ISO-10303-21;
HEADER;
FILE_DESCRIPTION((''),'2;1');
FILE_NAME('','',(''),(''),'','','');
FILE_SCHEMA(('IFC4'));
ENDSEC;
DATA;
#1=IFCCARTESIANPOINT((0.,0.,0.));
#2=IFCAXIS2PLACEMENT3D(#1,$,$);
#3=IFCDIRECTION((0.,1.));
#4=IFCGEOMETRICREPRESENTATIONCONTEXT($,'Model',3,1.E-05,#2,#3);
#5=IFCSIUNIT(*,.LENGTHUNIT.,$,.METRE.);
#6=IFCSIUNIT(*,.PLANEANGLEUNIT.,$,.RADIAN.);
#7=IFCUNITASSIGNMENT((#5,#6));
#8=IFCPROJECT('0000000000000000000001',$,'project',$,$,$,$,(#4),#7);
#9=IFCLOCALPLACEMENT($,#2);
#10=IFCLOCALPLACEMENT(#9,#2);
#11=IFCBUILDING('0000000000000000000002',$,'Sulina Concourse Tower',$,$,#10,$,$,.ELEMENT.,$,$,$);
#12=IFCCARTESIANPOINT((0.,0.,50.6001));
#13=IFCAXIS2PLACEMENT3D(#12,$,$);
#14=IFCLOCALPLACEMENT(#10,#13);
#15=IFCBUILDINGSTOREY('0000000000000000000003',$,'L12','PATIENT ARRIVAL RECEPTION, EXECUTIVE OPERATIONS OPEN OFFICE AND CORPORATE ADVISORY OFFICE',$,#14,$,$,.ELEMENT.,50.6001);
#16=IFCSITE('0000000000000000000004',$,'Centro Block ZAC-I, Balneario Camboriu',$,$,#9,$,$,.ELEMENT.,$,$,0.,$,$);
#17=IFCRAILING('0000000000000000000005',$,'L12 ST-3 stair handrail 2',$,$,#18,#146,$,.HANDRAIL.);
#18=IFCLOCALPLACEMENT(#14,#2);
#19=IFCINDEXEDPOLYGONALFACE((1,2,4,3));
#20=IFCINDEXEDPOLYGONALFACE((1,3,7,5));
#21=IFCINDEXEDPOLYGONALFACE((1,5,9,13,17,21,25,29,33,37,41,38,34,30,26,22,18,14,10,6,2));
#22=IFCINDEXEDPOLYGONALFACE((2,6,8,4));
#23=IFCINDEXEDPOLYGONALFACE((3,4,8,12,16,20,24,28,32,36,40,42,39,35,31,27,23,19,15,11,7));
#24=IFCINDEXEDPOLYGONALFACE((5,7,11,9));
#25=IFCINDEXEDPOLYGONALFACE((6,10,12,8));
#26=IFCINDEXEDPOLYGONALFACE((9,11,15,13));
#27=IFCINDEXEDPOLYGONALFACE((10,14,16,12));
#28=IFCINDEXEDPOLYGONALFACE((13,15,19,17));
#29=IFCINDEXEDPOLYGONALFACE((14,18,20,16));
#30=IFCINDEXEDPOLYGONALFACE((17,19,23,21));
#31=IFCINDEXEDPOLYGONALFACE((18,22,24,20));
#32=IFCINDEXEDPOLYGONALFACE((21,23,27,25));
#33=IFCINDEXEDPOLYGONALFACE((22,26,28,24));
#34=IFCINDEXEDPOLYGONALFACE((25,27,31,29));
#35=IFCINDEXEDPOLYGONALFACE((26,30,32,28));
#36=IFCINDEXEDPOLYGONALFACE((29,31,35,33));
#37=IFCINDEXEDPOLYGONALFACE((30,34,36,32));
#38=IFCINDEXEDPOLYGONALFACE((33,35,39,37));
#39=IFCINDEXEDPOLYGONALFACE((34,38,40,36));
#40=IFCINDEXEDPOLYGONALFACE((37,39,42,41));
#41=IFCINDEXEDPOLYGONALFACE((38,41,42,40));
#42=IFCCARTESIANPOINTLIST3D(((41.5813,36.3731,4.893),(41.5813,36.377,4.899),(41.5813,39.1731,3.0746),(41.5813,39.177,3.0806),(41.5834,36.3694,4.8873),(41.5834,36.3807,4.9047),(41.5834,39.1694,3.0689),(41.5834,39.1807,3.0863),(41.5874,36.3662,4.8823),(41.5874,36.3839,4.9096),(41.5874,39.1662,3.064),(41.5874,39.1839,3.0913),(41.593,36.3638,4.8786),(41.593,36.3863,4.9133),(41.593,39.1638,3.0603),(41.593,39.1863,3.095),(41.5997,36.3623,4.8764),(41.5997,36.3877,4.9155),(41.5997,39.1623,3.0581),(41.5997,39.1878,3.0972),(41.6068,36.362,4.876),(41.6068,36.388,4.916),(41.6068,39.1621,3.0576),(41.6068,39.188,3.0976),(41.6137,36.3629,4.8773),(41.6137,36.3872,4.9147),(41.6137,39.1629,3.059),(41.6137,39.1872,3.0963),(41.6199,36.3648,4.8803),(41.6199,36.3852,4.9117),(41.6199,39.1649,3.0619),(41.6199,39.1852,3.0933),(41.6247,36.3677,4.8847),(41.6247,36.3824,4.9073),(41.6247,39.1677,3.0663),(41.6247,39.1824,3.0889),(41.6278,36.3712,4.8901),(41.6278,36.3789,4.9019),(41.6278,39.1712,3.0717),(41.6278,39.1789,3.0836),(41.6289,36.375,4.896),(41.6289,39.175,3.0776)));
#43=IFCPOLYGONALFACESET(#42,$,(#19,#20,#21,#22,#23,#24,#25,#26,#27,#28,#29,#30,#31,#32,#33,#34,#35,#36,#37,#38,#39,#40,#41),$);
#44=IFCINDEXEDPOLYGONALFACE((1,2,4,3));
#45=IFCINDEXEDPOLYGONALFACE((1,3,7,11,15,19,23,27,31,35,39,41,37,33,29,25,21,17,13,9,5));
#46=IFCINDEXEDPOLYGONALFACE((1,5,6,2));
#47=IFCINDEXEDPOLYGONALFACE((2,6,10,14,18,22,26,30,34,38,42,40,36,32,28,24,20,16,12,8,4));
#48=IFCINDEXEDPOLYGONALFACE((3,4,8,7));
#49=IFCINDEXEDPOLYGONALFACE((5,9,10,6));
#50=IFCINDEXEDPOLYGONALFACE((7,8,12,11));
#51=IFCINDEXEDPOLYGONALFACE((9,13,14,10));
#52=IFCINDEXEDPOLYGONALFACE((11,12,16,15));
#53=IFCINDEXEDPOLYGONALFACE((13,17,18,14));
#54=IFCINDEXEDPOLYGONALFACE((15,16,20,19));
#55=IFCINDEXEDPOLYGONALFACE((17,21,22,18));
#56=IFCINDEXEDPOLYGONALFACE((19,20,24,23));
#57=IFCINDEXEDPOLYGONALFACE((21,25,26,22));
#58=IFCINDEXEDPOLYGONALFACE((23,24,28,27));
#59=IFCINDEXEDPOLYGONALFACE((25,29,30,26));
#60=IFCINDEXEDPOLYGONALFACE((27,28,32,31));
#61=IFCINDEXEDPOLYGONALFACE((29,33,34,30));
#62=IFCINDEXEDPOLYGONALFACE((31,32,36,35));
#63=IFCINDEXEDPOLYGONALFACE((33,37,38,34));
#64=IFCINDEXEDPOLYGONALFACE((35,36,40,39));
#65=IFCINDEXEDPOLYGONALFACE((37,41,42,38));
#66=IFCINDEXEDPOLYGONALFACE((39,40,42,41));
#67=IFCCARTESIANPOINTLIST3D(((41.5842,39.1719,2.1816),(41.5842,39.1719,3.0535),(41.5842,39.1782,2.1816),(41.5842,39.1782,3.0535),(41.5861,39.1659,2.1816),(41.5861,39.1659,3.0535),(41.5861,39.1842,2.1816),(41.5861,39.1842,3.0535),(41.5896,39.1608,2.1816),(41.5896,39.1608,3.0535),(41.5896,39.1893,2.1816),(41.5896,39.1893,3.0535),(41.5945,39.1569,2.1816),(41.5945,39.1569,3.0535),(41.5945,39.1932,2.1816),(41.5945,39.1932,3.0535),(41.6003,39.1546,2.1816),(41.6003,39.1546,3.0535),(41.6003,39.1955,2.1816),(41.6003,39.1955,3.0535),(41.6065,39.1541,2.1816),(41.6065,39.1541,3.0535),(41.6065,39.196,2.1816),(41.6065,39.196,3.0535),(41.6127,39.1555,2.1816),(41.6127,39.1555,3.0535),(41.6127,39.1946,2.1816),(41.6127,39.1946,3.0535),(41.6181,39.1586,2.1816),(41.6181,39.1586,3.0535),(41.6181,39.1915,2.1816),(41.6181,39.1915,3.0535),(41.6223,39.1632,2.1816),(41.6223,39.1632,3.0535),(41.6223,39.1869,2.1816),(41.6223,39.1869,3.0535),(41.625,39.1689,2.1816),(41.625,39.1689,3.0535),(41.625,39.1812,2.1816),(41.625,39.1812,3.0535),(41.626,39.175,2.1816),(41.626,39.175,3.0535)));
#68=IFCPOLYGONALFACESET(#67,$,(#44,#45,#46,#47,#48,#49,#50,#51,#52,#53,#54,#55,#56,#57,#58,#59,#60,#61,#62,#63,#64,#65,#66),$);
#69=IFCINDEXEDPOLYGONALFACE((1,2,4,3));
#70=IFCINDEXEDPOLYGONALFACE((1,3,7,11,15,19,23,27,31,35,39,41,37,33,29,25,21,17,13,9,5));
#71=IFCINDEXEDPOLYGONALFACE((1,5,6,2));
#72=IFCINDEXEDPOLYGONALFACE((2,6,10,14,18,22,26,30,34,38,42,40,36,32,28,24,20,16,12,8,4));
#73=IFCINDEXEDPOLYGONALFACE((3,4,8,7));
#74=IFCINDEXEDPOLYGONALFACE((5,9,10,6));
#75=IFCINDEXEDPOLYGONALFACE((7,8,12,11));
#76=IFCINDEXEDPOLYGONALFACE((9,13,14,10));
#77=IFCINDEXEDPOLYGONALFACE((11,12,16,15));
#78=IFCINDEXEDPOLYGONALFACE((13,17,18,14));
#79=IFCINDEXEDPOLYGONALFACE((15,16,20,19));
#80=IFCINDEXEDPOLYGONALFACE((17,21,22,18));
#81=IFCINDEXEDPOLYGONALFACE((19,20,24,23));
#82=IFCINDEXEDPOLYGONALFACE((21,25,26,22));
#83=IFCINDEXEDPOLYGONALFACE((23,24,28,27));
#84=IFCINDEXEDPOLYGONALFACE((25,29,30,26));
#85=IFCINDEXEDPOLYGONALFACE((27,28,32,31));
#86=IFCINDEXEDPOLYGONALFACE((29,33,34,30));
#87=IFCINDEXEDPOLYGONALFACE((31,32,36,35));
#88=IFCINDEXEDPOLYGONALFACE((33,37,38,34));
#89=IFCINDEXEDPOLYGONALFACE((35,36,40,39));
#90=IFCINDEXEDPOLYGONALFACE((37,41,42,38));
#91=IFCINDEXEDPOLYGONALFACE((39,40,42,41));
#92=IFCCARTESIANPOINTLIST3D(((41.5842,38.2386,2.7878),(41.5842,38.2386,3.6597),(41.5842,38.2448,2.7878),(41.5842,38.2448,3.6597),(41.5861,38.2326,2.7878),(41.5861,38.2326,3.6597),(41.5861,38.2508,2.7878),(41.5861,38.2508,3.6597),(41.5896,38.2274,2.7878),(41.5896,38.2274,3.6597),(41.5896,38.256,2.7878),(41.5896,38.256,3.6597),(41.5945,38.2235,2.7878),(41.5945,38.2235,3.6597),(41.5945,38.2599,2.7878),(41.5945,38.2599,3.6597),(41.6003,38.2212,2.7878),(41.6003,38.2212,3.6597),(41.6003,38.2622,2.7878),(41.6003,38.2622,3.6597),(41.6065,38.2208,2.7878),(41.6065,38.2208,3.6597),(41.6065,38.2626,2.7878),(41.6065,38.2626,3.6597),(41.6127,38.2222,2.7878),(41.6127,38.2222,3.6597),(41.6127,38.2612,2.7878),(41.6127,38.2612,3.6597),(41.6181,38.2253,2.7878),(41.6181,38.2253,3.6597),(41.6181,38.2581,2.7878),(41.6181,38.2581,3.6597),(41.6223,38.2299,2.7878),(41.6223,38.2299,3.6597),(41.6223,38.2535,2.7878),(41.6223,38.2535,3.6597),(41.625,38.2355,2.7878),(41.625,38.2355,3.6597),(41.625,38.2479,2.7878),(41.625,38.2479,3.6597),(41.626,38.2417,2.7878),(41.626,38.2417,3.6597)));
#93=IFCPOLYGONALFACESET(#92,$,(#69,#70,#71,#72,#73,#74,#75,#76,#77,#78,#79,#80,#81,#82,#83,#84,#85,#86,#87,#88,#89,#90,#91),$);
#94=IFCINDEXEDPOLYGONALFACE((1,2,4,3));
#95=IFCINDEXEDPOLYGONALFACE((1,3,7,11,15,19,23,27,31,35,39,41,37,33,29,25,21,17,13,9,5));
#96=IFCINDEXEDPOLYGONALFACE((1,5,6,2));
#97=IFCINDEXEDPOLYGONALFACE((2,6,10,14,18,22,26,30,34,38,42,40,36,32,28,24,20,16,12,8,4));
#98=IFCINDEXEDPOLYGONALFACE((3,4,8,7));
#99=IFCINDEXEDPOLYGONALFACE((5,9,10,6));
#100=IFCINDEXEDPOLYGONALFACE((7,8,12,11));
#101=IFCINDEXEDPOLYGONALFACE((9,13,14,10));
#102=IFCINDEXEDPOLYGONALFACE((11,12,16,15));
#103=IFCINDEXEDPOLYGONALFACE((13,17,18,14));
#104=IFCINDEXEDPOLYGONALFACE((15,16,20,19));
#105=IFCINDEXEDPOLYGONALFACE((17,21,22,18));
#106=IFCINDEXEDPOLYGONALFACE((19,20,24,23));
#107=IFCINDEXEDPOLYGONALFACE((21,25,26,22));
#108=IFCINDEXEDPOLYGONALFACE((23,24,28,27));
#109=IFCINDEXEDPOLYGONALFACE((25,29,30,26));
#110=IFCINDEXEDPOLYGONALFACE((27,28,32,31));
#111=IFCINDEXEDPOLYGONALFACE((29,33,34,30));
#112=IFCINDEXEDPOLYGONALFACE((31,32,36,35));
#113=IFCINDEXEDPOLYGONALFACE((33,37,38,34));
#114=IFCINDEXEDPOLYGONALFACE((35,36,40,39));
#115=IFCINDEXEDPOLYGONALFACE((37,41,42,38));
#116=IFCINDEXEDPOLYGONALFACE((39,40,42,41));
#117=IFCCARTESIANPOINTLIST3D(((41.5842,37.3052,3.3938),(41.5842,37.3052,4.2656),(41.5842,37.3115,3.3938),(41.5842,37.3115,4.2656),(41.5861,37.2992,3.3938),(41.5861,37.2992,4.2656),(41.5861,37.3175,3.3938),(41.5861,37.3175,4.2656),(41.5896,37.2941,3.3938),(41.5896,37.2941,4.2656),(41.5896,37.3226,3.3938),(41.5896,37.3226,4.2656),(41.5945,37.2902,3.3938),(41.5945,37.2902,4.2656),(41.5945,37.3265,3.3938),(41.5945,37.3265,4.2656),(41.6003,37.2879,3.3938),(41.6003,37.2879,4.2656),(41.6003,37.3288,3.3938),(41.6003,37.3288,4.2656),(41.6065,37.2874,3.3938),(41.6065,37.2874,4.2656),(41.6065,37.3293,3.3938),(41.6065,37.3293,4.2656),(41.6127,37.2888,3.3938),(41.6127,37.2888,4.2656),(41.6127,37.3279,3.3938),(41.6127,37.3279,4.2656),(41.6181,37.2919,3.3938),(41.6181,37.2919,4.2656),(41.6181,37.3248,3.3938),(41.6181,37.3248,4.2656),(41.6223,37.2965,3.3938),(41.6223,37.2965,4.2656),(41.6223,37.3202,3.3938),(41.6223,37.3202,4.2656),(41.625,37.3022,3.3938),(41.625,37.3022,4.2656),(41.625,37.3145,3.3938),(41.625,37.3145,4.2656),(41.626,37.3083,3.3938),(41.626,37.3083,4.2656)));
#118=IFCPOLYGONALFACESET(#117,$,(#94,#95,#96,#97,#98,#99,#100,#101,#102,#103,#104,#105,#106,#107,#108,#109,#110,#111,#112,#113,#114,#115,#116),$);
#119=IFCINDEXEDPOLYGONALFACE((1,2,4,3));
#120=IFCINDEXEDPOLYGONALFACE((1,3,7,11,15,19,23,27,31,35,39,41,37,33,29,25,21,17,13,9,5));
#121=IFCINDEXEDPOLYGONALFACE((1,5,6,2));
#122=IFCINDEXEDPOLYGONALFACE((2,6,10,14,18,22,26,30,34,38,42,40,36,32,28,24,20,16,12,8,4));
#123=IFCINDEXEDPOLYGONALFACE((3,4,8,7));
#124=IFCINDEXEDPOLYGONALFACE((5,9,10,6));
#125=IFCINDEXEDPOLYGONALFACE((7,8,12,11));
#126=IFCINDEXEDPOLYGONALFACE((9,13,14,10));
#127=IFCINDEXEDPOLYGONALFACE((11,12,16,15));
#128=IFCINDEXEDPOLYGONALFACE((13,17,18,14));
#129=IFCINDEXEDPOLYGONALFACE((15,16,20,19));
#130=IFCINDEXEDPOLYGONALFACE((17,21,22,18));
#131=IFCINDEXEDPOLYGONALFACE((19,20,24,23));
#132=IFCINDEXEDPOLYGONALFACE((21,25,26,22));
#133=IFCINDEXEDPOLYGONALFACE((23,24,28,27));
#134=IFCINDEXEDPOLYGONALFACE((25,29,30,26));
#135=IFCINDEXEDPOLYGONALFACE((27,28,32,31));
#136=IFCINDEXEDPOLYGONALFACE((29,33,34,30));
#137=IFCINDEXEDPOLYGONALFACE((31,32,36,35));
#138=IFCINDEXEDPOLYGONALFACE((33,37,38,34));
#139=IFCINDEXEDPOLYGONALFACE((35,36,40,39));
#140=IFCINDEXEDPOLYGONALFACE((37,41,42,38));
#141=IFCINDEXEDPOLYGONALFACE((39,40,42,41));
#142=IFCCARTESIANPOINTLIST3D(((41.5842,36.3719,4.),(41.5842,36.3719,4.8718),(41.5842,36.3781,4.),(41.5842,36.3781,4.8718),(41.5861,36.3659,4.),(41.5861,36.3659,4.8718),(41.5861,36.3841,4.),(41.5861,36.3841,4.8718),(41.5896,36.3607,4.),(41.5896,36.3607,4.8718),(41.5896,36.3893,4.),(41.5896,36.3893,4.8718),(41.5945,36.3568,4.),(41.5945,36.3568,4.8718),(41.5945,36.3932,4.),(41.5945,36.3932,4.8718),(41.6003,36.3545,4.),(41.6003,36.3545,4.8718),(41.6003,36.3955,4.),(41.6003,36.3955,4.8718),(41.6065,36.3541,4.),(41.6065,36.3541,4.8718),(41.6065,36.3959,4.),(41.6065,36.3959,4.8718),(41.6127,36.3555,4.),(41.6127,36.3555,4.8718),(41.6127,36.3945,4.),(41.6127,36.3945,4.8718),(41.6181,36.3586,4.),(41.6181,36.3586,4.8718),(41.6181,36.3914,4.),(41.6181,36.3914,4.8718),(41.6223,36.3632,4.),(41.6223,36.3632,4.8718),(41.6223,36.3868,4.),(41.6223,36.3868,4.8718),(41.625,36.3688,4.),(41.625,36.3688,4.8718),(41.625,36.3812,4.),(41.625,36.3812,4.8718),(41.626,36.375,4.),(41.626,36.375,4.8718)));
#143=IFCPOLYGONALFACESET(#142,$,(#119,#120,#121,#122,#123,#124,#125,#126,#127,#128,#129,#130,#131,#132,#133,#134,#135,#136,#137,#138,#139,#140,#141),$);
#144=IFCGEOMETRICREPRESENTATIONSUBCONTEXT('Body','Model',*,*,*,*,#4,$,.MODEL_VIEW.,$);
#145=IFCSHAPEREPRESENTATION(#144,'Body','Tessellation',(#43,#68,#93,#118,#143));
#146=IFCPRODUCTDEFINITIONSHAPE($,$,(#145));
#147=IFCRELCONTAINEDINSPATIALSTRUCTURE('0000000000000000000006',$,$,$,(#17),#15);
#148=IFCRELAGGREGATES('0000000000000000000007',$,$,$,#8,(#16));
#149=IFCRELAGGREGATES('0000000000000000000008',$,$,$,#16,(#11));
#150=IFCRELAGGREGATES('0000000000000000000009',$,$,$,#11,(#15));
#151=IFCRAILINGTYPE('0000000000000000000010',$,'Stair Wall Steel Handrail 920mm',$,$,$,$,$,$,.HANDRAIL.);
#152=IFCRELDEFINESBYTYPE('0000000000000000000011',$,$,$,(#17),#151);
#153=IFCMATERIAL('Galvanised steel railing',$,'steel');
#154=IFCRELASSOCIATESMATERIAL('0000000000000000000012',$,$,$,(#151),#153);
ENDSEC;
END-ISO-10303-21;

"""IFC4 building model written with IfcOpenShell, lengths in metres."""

from ifc_helpers import new_model, si_unit, direction, frame, origin, origin_2d, place, context, subcontext, project, spatial, circle, extrude, material, type_object, element, save


model = new_model("IFC4")

# Units and contexts
model_context = context("Model", 3, precision=1e-05, world=origin(), true_north=direction((0.0, 1.0)))
body_context = subcontext(model_context, "Body", "Model", "MODEL_VIEW")
ifc_project = project(units=[si_unit("LENGTHUNIT", "METRE"), si_unit("PLANEANGLEUNIT", "RADIAN")], contexts=[model_context])

# Site, building, storey
site_placement = place(None, origin())
site = spatial("IfcSite", under=ifc_project, at=site_placement, Name="Centro Block ZAC-I, Balneario Camboriu", CompositionType="ELEMENT", RefElevation=0.0)
building_placement = place(site_placement, origin())
building = spatial("IfcBuilding", under=site, at=building_placement, Name="Sulina Concourse Tower", CompositionType="ELEMENT")
storey_placement = place(building_placement, frame((0.0, 0.0, 50.6001)))
storey = spatial("IfcBuildingStorey", under=building, at=storey_placement, Name="L12", Description="PATIENT ARRIVAL RECEPTION, EXECUTIVE OPERATIONS OPEN OFFICE AND CORPORATE ADVISORY OFFICE", CompositionType="ELEMENT", Elevation=50.6001)

# Railing
ifc_material_1 = material(Name="Galvanised steel railing", Category="steel")
railing_type_1 = type_object("IfcRailingType", Name="Stair Wall Steel Handrail 920mm", PredefinedType="HANDRAIL", material=ifc_material_1)
railing_1_placement = place(storey_placement, frame((41.605, 39.175, 2.1816)))
element("IfcRailing", 1, at=railing_1_placement, inside=storey, type_object=railing_type_1, Name="L12 ST-3 stair handrail 2", PredefinedType="HANDRAIL", context=body_context, shape_type="SweptSolid", body=[
    extrude(circle(Radius=0.0239, at=origin_2d()), frame((0.0, 0.0, 0.896), z_axis=(0.0, -0.838672, 0.544636), x_axis=(1.0, 0.0, 0.0)), (0.0, 0.0, 1.0), 3.3386),
    extrude(circle(Radius=0.021, at=origin_2d()), origin(), (0.0, 0.0, 1.0), 0.8718),
    extrude(circle(Radius=0.021, at=origin_2d()), frame((0.0, -0.9333, 0.6062)), (0.0, 0.0, 1.0), 0.8718),
    extrude(circle(Radius=0.021, at=origin_2d()), frame((0.0, -1.8667, 1.2122)), (0.0, 0.0, 1.0), 0.8718),
    extrude(circle(Radius=0.021, at=origin_2d()), frame((0.0, -2.8, 1.8184)), (0.0, 0.0, 1.0), 0.8718),
])

save(model, "model.ifc")
